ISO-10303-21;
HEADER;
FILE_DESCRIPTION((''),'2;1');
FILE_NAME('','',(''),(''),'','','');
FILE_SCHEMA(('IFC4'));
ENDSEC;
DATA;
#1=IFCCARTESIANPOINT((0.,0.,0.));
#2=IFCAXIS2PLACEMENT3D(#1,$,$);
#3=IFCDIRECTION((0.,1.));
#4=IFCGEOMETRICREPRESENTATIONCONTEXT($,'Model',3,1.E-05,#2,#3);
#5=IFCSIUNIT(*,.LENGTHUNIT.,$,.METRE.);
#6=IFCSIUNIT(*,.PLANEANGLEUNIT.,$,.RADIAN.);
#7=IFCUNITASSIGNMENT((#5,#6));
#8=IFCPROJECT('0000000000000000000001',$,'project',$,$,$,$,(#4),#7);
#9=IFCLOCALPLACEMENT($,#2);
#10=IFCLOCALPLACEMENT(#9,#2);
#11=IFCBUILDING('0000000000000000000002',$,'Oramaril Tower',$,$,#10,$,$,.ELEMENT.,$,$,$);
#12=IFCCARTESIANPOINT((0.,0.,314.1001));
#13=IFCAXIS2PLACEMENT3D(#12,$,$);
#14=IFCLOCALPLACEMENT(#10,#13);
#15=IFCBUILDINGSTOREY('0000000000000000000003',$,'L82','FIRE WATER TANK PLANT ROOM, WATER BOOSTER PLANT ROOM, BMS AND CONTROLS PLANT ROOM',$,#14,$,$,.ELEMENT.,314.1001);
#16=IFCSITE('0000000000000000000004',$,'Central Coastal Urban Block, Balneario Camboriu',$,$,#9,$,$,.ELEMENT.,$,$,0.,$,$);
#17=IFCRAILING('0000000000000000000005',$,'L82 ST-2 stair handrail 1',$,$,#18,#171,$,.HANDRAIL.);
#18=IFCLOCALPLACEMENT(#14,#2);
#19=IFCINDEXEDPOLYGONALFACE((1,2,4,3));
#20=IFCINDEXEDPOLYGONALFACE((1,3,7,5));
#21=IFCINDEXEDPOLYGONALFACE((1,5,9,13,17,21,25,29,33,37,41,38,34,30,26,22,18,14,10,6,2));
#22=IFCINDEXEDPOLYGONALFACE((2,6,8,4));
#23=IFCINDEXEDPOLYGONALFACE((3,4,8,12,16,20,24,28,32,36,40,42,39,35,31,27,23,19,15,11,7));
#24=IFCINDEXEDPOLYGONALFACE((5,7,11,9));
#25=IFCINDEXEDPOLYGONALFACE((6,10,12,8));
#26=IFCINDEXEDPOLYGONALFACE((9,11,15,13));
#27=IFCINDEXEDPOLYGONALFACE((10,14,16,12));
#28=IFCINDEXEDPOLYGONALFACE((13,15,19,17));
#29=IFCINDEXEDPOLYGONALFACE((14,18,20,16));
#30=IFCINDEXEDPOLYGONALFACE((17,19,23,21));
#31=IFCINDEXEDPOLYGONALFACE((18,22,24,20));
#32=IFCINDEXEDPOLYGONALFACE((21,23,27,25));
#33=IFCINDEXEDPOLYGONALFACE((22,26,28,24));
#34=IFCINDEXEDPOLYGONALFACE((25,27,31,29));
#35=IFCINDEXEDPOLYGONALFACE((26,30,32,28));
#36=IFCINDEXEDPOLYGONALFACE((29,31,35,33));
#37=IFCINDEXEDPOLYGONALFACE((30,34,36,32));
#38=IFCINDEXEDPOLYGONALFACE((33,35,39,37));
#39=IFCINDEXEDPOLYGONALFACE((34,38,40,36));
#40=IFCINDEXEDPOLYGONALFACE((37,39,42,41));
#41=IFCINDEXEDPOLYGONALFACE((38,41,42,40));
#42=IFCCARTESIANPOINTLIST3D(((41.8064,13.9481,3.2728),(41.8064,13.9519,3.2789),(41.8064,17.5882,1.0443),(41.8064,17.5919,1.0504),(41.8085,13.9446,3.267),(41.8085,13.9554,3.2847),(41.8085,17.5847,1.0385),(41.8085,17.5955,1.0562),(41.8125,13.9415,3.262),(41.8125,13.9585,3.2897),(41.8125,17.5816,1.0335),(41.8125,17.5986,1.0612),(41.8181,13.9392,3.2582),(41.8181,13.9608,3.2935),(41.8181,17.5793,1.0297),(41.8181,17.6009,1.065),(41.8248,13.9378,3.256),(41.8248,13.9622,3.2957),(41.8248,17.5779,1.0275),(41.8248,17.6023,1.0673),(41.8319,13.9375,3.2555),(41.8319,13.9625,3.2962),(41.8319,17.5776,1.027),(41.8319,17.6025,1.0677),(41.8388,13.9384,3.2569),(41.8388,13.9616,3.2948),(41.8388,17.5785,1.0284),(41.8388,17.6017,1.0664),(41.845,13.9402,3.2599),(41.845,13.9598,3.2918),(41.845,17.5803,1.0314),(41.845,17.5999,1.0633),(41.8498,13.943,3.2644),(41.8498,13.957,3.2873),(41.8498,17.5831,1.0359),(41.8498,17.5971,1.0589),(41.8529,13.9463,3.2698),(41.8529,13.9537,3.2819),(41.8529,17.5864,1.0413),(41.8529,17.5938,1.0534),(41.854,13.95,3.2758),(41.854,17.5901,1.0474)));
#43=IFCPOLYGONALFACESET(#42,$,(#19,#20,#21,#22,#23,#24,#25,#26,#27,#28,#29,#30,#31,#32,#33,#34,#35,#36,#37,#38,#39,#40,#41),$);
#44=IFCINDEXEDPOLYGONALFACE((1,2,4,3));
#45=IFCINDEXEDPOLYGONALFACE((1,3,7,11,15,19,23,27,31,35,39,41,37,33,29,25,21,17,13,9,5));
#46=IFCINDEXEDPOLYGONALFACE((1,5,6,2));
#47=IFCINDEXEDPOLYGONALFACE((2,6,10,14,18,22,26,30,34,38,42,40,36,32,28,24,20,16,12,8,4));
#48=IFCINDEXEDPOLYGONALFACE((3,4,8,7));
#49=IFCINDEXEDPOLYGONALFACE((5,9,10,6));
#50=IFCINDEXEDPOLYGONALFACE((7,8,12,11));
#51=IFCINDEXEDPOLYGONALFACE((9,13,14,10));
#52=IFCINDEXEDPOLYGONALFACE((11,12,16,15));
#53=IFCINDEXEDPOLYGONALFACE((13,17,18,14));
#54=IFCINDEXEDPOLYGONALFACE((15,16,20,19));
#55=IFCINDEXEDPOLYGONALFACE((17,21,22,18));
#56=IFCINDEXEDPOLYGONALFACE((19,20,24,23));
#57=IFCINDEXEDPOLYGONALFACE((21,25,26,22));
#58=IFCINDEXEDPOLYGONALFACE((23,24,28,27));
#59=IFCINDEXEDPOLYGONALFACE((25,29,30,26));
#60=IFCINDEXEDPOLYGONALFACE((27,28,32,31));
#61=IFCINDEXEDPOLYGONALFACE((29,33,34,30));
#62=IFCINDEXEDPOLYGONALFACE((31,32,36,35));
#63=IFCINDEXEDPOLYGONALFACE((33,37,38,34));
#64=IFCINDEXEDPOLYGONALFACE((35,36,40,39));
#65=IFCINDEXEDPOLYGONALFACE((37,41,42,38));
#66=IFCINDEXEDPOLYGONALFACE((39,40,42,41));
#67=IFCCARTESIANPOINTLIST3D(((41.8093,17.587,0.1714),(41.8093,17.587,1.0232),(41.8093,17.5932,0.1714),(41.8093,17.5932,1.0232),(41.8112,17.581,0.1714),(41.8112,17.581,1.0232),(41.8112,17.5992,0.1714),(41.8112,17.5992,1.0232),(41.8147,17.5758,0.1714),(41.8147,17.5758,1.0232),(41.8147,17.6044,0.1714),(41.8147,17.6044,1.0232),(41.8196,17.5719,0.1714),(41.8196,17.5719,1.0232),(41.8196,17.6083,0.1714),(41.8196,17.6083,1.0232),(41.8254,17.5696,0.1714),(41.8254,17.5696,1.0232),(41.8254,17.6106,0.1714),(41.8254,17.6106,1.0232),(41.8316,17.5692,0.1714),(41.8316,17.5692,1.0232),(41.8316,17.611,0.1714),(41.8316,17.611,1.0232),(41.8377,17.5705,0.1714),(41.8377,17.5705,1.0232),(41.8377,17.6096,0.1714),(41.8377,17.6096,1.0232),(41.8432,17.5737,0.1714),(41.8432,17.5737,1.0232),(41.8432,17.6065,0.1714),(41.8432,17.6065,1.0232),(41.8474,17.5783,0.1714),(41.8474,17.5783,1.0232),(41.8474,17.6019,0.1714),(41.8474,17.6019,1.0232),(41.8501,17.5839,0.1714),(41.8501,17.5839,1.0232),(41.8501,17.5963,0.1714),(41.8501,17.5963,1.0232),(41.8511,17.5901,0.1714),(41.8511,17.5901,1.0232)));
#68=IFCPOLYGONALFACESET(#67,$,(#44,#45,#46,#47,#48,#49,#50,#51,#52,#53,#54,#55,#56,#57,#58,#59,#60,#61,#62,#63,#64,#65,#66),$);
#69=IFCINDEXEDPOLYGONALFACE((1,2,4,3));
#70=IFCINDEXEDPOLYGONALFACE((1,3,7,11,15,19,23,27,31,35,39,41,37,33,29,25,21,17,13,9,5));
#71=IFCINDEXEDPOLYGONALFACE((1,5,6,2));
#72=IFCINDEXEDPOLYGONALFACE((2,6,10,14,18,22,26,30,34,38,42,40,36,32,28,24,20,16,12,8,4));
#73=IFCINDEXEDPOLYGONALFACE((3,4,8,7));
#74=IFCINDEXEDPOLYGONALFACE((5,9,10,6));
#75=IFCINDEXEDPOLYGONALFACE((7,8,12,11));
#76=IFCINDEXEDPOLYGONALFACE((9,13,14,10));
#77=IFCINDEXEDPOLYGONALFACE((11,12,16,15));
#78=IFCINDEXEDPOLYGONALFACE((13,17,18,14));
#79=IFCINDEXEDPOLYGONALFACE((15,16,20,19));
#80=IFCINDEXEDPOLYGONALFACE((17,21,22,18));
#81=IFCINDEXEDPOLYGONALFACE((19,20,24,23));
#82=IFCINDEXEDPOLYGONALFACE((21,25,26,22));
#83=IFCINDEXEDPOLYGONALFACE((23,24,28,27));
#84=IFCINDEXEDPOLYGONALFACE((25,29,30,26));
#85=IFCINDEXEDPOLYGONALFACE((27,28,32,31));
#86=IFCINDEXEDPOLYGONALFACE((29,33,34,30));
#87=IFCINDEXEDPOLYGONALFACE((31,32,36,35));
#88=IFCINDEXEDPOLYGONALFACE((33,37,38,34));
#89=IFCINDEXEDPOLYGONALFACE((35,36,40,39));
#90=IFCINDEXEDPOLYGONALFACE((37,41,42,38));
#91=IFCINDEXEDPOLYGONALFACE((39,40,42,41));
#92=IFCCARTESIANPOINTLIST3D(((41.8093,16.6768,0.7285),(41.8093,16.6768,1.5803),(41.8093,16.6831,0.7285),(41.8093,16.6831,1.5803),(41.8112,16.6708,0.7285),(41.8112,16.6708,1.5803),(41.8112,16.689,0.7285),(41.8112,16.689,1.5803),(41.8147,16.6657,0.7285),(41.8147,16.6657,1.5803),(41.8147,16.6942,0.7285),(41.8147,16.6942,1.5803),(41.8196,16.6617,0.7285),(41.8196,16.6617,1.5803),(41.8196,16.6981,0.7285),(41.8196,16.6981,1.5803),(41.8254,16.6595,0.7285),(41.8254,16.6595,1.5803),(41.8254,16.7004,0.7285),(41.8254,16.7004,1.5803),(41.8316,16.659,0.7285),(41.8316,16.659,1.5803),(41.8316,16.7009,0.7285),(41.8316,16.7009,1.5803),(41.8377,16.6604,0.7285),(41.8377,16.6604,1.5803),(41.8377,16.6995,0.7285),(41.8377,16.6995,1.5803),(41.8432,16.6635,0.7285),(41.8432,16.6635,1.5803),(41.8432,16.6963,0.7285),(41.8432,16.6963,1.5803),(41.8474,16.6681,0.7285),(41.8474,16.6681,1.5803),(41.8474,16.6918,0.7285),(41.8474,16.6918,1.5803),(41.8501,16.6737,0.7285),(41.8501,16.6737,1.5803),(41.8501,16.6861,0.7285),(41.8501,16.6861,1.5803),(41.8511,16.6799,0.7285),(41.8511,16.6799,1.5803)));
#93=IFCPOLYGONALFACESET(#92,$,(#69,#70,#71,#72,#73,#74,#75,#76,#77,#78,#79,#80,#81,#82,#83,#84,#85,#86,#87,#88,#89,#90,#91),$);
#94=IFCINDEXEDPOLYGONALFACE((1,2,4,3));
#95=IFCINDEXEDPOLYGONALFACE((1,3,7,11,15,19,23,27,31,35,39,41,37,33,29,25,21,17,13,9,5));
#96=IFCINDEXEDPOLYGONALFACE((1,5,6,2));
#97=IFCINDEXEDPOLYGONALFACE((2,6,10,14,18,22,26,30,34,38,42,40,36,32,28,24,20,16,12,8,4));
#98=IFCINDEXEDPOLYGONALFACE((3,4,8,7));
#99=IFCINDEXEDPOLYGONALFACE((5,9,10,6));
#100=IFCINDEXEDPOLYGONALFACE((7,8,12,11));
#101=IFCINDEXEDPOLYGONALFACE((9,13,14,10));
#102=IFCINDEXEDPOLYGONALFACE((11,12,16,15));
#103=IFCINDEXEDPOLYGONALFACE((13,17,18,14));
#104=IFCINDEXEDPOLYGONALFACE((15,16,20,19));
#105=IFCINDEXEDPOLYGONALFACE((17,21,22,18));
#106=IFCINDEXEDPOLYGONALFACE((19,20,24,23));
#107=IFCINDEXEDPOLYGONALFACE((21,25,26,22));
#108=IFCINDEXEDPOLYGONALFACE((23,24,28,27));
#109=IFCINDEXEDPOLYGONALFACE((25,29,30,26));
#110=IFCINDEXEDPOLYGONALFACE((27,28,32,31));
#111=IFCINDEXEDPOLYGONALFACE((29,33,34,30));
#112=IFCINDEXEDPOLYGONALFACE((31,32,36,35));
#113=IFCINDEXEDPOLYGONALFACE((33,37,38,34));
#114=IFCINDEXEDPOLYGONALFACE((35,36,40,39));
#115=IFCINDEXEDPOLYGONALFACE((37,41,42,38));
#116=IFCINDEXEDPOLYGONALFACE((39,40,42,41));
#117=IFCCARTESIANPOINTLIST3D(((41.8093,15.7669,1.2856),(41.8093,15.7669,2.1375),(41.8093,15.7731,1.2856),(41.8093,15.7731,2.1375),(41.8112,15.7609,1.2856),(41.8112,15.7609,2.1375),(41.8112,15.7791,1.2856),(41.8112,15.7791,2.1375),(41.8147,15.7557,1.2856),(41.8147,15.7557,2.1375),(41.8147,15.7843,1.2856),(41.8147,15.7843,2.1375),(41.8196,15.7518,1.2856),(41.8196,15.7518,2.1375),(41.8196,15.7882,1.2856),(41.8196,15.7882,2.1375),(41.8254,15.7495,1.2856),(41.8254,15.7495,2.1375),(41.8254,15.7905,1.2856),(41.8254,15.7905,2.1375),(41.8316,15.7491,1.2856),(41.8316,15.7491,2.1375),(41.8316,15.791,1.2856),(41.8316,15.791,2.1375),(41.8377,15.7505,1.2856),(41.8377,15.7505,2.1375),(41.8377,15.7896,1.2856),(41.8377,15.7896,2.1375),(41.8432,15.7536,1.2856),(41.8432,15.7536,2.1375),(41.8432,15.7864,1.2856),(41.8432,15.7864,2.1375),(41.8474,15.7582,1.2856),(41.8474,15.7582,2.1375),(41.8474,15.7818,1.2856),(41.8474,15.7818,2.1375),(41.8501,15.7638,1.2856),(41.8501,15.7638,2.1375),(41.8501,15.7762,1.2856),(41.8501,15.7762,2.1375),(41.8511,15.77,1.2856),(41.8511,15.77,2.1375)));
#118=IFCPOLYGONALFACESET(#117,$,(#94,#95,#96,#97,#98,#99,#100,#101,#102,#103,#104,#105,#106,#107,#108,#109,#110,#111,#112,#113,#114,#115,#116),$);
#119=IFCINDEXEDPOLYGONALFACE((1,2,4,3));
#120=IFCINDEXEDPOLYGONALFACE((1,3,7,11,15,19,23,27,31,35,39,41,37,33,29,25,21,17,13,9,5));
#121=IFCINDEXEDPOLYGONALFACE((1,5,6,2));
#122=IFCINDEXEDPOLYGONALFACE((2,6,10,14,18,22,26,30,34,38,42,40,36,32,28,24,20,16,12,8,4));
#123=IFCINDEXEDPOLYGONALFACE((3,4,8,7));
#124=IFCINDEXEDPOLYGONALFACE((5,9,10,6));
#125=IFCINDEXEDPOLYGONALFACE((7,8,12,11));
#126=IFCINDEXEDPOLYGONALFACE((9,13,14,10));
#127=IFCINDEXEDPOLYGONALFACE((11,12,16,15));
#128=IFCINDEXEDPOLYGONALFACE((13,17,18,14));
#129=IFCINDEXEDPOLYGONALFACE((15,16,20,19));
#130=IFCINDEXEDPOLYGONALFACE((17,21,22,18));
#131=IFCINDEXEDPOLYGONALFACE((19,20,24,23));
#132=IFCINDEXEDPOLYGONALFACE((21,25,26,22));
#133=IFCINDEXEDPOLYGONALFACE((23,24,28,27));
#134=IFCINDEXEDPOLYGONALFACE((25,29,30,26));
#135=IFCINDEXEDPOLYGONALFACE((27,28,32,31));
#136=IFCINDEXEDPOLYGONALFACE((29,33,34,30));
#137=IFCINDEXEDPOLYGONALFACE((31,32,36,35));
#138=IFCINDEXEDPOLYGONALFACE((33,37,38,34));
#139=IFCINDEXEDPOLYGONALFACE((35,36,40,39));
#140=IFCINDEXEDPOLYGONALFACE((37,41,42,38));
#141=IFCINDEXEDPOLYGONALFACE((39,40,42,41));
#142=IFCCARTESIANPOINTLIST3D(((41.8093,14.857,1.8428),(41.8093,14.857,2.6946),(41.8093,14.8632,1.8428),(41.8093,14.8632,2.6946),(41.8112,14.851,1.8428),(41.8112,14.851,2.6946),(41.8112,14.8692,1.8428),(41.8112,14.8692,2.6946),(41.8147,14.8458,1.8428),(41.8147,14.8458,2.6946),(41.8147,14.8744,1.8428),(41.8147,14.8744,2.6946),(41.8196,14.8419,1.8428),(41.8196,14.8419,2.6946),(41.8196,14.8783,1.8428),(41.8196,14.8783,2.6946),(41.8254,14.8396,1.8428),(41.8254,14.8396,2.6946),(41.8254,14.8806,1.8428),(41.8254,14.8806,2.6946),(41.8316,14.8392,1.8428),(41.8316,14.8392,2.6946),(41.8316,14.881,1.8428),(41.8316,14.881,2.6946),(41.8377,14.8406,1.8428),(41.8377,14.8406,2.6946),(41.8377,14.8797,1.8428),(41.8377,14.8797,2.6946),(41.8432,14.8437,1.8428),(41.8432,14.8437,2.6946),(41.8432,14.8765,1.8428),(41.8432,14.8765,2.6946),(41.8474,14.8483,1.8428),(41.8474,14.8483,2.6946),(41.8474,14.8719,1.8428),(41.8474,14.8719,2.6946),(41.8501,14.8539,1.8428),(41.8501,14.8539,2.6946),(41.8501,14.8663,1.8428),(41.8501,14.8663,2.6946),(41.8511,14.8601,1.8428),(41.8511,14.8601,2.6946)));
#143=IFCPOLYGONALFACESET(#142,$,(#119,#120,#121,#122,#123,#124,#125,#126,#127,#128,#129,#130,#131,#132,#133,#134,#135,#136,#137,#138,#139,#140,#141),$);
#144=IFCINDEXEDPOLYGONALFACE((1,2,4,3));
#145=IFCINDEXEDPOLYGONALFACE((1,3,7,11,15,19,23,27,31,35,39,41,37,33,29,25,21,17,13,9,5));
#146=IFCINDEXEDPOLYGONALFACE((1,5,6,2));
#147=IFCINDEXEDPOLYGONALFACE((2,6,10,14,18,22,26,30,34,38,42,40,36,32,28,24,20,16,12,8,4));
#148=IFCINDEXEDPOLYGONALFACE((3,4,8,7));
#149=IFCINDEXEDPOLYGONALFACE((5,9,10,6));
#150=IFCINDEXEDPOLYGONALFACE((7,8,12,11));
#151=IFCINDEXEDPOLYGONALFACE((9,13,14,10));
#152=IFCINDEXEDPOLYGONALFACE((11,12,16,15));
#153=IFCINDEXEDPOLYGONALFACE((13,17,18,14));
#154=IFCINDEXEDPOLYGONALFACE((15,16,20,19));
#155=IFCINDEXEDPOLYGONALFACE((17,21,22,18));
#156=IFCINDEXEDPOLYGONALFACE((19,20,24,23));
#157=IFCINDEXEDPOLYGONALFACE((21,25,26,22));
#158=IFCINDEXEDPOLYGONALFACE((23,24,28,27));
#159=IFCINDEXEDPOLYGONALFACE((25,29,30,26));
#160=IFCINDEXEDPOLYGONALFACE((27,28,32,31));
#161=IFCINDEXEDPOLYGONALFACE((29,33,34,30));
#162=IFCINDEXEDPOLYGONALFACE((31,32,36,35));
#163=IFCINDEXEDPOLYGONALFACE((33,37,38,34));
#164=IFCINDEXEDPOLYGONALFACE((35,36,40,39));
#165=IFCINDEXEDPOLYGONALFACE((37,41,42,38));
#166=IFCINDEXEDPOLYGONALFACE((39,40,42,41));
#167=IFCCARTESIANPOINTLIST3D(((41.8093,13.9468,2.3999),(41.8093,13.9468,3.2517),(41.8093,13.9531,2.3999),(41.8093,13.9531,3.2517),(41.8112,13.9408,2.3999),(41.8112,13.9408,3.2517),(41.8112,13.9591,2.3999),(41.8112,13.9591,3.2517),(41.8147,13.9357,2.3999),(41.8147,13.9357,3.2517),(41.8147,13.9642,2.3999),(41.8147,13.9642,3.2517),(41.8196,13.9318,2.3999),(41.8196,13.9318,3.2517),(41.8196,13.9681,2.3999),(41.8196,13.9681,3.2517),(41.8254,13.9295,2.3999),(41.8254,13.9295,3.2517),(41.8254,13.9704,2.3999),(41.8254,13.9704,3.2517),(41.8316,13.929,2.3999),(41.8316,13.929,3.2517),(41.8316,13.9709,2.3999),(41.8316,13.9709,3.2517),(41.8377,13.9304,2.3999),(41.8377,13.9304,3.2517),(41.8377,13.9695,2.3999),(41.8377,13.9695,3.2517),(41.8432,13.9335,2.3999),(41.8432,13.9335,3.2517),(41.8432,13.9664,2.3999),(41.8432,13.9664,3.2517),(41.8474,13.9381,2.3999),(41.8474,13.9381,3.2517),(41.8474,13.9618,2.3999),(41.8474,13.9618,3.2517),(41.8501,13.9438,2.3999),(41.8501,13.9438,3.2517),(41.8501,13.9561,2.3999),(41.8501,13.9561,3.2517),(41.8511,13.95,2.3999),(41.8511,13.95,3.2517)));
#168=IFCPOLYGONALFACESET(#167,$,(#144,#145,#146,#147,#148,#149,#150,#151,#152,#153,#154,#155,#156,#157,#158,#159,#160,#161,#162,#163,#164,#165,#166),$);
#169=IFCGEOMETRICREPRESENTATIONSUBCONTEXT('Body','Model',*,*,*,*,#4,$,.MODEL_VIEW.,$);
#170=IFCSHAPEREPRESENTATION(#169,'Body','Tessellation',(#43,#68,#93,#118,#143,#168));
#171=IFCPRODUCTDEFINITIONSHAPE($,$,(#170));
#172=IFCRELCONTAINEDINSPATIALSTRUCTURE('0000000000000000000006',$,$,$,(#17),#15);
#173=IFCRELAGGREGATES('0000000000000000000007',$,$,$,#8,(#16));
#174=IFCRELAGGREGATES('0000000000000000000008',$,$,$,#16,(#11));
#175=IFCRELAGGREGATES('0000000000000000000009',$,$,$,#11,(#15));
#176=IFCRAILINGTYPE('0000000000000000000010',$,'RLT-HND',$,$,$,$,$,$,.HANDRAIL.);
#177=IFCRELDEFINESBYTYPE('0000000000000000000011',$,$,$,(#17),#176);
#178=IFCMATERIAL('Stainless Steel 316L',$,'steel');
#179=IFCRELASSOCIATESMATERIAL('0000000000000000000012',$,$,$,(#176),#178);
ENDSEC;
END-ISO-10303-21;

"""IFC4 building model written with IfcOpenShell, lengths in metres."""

from ifc_helpers import new_model, si_unit, direction, frame, origin, origin_2d, place, context, subcontext, project, spatial, circle, extrude, material, type_object, element, save


model = new_model("IFC4")

# Units and contexts
model_context = context("Model", 3, precision=1e-05, world=origin(), true_north=direction((0.0, 1.0)))
body_context = subcontext(model_context, "Body", "Model", "MODEL_VIEW")
ifc_project = project(units=[si_unit("LENGTHUNIT", "METRE"), si_unit("PLANEANGLEUNIT", "RADIAN")], contexts=[model_context])

# Site, building, storey
site_placement = place(None, origin())
site = spatial("IfcSite", under=ifc_project, at=site_placement, Name="Central Coastal Urban Block, Balneario Camboriu", CompositionType="ELEMENT", RefElevation=0.0)
building_placement = place(site_placement, origin())
building = spatial("IfcBuilding", under=site, at=building_placement, Name="Oramaril Tower", CompositionType="ELEMENT")
storey_placement = place(building_placement, frame((0.0, 0.0, 314.1001)))
storey = spatial("IfcBuildingStorey", under=building, at=storey_placement, Name="L82", Description="FIRE WATER TANK PLANT ROOM, WATER BOOSTER PLANT ROOM, BMS AND CONTROLS PLANT ROOM", CompositionType="ELEMENT", Elevation=314.1001)

# Railing
ifc_material_1 = material(Name="Stainless Steel 316L", Category="steel")
railing_type_1 = type_object("IfcRailingType", Name="RLT-HND", PredefinedType="HANDRAIL", material=ifc_material_1)
railing_1_placement = place(storey_placement, frame((41.8301, 17.5901, 0.1714)))
element("IfcRailing", 1, at=railing_1_placement, inside=storey, type_object=railing_type_1, Name="L82 ST-2 stair handrail 1", PredefinedType="HANDRAIL", context=body_context, shape_type="SweptSolid", body=[
    extrude(circle(Radius=0.0239, at=origin_2d()), frame((0.0, 0.0, 0.876), z_axis=(0.0, -0.852866, 0.52213), x_axis=(1.0, 0.0, 0.0)), (0.0, 0.0, 1.0), 4.2681),
    extrude(circle(Radius=0.021, at=origin_2d()), origin(), (0.0, 0.0, 1.0), 0.8518),
    extrude(circle(Radius=0.021, at=origin_2d()), frame((0.0, -0.9102, 0.5571)), (0.0, 0.0, 1.0), 0.8518),
    extrude(circle(Radius=0.021, at=origin_2d()), frame((0.0, -1.8201, 1.1143)), (0.0, 0.0, 1.0), 0.8518),
    extrude(circle(Radius=0.021, at=origin_2d()), frame((0.0, -2.73, 1.6714)), (0.0, 0.0, 1.0), 0.8518),
    extrude(circle(Radius=0.021, at=origin_2d()), frame((0.0, -3.6401, 2.2285)), (0.0, 0.0, 1.0), 0.8518),
])

save(model, "model.ifc")
